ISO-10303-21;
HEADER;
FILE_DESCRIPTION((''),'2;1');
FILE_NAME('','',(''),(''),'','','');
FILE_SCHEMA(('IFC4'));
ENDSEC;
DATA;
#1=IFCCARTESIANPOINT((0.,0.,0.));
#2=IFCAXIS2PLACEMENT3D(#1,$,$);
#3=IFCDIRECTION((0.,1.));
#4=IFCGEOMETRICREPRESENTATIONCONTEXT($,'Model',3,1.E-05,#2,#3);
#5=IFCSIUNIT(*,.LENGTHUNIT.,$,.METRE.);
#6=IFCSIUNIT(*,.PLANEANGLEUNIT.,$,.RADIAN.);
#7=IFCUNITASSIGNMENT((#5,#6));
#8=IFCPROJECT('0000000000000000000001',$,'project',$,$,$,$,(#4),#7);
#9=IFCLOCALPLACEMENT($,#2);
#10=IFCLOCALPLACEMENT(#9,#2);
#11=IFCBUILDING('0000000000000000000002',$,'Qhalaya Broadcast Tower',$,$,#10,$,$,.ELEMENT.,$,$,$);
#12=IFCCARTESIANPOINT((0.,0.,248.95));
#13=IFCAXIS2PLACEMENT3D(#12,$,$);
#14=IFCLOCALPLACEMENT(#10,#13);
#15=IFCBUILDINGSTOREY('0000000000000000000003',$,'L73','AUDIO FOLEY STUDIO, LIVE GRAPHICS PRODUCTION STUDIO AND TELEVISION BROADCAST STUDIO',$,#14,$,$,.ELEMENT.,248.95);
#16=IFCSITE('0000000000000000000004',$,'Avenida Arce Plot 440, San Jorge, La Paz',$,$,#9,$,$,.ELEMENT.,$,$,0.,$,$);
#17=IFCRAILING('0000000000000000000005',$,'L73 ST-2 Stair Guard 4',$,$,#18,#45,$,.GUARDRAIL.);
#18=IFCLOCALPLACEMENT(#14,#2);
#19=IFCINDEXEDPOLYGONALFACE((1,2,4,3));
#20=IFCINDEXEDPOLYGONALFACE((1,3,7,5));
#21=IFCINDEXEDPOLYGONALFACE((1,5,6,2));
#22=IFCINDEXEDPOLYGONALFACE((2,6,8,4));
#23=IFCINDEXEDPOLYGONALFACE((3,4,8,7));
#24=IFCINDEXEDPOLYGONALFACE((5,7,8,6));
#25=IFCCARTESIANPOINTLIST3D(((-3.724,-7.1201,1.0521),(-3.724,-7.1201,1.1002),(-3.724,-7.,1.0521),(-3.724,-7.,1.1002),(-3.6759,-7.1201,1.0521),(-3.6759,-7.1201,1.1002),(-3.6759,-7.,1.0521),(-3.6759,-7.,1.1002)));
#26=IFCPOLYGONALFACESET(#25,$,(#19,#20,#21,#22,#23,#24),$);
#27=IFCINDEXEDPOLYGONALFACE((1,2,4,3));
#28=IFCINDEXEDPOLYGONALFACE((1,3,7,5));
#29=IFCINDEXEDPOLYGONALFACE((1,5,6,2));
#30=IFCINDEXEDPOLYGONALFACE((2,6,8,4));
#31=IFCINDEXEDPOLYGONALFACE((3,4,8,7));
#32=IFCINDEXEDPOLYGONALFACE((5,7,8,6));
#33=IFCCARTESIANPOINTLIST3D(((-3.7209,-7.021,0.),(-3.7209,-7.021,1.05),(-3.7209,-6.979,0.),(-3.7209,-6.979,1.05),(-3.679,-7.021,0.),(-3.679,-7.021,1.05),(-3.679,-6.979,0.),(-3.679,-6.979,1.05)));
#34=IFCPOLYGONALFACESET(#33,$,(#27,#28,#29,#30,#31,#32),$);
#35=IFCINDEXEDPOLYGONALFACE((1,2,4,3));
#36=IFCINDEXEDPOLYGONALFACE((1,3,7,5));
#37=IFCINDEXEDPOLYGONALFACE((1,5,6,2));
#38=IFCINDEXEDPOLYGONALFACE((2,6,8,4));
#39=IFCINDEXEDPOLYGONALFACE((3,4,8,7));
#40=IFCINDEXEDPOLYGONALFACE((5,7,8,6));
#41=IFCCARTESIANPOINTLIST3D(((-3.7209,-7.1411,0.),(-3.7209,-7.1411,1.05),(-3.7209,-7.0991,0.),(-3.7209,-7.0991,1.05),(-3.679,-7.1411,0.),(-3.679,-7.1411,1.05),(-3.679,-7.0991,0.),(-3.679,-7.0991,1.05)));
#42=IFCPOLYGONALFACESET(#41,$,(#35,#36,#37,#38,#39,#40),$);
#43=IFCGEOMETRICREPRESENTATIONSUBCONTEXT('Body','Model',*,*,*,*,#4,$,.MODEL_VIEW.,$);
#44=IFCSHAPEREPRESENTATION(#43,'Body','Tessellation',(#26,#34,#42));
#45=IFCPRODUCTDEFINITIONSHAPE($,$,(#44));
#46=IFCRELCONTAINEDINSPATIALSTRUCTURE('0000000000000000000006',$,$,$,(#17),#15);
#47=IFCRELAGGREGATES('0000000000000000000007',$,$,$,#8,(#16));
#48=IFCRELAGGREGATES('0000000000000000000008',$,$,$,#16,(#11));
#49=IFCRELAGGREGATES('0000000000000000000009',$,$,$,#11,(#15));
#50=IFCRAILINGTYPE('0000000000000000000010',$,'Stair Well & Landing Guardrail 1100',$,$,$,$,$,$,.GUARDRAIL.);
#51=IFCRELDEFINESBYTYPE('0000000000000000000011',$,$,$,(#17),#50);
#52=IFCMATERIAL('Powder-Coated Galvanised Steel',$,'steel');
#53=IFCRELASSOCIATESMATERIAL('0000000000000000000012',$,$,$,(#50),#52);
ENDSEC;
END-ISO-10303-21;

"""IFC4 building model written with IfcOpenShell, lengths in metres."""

from ifc_helpers import new_model, si_unit, direction, frame, origin, origin_2d, place, context, subcontext, project, spatial, rectangle, extrude, material, type_object, element, save


model = new_model("IFC4")

# Units and contexts
model_context = context("Model", 3, precision=1e-05, world=origin(), true_north=direction((0.0, 1.0)))
body_context = subcontext(model_context, "Body", "Model", "MODEL_VIEW")
ifc_project = project(units=[si_unit("LENGTHUNIT", "METRE"), si_unit("PLANEANGLEUNIT", "RADIAN")], contexts=[model_context])

# Site, building, storey
site_placement = place(None, origin())
site = spatial("IfcSite", under=ifc_project, at=site_placement, Name="Avenida Arce Plot 440, San Jorge, La Paz", CompositionType="ELEMENT", RefElevation=0.0)
building_placement = place(site_placement, origin())
building = spatial("IfcBuilding", under=site, at=building_placement, Name="Qhalaya Broadcast Tower", CompositionType="ELEMENT")
storey_placement = place(building_placement, frame((0.0, 0.0, 248.95)))
storey = spatial("IfcBuildingStorey", under=building, at=storey_placement, Name="L73", Description="AUDIO FOLEY STUDIO, LIVE GRAPHICS PRODUCTION STUDIO AND TELEVISION BROADCAST STUDIO", CompositionType="ELEMENT", Elevation=248.95)

# Railing
ifc_material_1 = material(Name="Powder-Coated Galvanised Steel", Category="steel")
railing_type_1 = type_object("IfcRailingType", Name="Stair Well & Landing Guardrail 1100", PredefinedType="GUARDRAIL", material=ifc_material_1)
railing_1_placement = place(storey_placement, frame((-3.7, -7.0, 0.0)))
element("IfcRailing", 1, at=railing_1_placement, inside=storey, type_object=railing_type_1, Name="L73 ST-2 Stair Guard 4", PredefinedType="GUARDRAIL", context=body_context, shape_type="SweptSolid", body=[
    extrude(rectangle(XDim=0.0481, YDim=0.0481, at=origin_2d()), frame((0.0, 0.0, 1.0762), z_axis=(0.0, -1.0, 0.0), x_axis=(1.0, 0.0, 0.0)), (0.0, 0.0, 1.0), 0.1201),
    extrude(rectangle(XDim=0.042, YDim=0.042, at=origin_2d()), origin(), (0.0, 0.0, 1.0), 1.05),
    extrude(rectangle(XDim=0.042, YDim=0.042, at=origin_2d()), frame((0.0, -0.1201, 0.0)), (0.0, 0.0, 1.0), 1.05),
])

save(model, "model.ifc")
